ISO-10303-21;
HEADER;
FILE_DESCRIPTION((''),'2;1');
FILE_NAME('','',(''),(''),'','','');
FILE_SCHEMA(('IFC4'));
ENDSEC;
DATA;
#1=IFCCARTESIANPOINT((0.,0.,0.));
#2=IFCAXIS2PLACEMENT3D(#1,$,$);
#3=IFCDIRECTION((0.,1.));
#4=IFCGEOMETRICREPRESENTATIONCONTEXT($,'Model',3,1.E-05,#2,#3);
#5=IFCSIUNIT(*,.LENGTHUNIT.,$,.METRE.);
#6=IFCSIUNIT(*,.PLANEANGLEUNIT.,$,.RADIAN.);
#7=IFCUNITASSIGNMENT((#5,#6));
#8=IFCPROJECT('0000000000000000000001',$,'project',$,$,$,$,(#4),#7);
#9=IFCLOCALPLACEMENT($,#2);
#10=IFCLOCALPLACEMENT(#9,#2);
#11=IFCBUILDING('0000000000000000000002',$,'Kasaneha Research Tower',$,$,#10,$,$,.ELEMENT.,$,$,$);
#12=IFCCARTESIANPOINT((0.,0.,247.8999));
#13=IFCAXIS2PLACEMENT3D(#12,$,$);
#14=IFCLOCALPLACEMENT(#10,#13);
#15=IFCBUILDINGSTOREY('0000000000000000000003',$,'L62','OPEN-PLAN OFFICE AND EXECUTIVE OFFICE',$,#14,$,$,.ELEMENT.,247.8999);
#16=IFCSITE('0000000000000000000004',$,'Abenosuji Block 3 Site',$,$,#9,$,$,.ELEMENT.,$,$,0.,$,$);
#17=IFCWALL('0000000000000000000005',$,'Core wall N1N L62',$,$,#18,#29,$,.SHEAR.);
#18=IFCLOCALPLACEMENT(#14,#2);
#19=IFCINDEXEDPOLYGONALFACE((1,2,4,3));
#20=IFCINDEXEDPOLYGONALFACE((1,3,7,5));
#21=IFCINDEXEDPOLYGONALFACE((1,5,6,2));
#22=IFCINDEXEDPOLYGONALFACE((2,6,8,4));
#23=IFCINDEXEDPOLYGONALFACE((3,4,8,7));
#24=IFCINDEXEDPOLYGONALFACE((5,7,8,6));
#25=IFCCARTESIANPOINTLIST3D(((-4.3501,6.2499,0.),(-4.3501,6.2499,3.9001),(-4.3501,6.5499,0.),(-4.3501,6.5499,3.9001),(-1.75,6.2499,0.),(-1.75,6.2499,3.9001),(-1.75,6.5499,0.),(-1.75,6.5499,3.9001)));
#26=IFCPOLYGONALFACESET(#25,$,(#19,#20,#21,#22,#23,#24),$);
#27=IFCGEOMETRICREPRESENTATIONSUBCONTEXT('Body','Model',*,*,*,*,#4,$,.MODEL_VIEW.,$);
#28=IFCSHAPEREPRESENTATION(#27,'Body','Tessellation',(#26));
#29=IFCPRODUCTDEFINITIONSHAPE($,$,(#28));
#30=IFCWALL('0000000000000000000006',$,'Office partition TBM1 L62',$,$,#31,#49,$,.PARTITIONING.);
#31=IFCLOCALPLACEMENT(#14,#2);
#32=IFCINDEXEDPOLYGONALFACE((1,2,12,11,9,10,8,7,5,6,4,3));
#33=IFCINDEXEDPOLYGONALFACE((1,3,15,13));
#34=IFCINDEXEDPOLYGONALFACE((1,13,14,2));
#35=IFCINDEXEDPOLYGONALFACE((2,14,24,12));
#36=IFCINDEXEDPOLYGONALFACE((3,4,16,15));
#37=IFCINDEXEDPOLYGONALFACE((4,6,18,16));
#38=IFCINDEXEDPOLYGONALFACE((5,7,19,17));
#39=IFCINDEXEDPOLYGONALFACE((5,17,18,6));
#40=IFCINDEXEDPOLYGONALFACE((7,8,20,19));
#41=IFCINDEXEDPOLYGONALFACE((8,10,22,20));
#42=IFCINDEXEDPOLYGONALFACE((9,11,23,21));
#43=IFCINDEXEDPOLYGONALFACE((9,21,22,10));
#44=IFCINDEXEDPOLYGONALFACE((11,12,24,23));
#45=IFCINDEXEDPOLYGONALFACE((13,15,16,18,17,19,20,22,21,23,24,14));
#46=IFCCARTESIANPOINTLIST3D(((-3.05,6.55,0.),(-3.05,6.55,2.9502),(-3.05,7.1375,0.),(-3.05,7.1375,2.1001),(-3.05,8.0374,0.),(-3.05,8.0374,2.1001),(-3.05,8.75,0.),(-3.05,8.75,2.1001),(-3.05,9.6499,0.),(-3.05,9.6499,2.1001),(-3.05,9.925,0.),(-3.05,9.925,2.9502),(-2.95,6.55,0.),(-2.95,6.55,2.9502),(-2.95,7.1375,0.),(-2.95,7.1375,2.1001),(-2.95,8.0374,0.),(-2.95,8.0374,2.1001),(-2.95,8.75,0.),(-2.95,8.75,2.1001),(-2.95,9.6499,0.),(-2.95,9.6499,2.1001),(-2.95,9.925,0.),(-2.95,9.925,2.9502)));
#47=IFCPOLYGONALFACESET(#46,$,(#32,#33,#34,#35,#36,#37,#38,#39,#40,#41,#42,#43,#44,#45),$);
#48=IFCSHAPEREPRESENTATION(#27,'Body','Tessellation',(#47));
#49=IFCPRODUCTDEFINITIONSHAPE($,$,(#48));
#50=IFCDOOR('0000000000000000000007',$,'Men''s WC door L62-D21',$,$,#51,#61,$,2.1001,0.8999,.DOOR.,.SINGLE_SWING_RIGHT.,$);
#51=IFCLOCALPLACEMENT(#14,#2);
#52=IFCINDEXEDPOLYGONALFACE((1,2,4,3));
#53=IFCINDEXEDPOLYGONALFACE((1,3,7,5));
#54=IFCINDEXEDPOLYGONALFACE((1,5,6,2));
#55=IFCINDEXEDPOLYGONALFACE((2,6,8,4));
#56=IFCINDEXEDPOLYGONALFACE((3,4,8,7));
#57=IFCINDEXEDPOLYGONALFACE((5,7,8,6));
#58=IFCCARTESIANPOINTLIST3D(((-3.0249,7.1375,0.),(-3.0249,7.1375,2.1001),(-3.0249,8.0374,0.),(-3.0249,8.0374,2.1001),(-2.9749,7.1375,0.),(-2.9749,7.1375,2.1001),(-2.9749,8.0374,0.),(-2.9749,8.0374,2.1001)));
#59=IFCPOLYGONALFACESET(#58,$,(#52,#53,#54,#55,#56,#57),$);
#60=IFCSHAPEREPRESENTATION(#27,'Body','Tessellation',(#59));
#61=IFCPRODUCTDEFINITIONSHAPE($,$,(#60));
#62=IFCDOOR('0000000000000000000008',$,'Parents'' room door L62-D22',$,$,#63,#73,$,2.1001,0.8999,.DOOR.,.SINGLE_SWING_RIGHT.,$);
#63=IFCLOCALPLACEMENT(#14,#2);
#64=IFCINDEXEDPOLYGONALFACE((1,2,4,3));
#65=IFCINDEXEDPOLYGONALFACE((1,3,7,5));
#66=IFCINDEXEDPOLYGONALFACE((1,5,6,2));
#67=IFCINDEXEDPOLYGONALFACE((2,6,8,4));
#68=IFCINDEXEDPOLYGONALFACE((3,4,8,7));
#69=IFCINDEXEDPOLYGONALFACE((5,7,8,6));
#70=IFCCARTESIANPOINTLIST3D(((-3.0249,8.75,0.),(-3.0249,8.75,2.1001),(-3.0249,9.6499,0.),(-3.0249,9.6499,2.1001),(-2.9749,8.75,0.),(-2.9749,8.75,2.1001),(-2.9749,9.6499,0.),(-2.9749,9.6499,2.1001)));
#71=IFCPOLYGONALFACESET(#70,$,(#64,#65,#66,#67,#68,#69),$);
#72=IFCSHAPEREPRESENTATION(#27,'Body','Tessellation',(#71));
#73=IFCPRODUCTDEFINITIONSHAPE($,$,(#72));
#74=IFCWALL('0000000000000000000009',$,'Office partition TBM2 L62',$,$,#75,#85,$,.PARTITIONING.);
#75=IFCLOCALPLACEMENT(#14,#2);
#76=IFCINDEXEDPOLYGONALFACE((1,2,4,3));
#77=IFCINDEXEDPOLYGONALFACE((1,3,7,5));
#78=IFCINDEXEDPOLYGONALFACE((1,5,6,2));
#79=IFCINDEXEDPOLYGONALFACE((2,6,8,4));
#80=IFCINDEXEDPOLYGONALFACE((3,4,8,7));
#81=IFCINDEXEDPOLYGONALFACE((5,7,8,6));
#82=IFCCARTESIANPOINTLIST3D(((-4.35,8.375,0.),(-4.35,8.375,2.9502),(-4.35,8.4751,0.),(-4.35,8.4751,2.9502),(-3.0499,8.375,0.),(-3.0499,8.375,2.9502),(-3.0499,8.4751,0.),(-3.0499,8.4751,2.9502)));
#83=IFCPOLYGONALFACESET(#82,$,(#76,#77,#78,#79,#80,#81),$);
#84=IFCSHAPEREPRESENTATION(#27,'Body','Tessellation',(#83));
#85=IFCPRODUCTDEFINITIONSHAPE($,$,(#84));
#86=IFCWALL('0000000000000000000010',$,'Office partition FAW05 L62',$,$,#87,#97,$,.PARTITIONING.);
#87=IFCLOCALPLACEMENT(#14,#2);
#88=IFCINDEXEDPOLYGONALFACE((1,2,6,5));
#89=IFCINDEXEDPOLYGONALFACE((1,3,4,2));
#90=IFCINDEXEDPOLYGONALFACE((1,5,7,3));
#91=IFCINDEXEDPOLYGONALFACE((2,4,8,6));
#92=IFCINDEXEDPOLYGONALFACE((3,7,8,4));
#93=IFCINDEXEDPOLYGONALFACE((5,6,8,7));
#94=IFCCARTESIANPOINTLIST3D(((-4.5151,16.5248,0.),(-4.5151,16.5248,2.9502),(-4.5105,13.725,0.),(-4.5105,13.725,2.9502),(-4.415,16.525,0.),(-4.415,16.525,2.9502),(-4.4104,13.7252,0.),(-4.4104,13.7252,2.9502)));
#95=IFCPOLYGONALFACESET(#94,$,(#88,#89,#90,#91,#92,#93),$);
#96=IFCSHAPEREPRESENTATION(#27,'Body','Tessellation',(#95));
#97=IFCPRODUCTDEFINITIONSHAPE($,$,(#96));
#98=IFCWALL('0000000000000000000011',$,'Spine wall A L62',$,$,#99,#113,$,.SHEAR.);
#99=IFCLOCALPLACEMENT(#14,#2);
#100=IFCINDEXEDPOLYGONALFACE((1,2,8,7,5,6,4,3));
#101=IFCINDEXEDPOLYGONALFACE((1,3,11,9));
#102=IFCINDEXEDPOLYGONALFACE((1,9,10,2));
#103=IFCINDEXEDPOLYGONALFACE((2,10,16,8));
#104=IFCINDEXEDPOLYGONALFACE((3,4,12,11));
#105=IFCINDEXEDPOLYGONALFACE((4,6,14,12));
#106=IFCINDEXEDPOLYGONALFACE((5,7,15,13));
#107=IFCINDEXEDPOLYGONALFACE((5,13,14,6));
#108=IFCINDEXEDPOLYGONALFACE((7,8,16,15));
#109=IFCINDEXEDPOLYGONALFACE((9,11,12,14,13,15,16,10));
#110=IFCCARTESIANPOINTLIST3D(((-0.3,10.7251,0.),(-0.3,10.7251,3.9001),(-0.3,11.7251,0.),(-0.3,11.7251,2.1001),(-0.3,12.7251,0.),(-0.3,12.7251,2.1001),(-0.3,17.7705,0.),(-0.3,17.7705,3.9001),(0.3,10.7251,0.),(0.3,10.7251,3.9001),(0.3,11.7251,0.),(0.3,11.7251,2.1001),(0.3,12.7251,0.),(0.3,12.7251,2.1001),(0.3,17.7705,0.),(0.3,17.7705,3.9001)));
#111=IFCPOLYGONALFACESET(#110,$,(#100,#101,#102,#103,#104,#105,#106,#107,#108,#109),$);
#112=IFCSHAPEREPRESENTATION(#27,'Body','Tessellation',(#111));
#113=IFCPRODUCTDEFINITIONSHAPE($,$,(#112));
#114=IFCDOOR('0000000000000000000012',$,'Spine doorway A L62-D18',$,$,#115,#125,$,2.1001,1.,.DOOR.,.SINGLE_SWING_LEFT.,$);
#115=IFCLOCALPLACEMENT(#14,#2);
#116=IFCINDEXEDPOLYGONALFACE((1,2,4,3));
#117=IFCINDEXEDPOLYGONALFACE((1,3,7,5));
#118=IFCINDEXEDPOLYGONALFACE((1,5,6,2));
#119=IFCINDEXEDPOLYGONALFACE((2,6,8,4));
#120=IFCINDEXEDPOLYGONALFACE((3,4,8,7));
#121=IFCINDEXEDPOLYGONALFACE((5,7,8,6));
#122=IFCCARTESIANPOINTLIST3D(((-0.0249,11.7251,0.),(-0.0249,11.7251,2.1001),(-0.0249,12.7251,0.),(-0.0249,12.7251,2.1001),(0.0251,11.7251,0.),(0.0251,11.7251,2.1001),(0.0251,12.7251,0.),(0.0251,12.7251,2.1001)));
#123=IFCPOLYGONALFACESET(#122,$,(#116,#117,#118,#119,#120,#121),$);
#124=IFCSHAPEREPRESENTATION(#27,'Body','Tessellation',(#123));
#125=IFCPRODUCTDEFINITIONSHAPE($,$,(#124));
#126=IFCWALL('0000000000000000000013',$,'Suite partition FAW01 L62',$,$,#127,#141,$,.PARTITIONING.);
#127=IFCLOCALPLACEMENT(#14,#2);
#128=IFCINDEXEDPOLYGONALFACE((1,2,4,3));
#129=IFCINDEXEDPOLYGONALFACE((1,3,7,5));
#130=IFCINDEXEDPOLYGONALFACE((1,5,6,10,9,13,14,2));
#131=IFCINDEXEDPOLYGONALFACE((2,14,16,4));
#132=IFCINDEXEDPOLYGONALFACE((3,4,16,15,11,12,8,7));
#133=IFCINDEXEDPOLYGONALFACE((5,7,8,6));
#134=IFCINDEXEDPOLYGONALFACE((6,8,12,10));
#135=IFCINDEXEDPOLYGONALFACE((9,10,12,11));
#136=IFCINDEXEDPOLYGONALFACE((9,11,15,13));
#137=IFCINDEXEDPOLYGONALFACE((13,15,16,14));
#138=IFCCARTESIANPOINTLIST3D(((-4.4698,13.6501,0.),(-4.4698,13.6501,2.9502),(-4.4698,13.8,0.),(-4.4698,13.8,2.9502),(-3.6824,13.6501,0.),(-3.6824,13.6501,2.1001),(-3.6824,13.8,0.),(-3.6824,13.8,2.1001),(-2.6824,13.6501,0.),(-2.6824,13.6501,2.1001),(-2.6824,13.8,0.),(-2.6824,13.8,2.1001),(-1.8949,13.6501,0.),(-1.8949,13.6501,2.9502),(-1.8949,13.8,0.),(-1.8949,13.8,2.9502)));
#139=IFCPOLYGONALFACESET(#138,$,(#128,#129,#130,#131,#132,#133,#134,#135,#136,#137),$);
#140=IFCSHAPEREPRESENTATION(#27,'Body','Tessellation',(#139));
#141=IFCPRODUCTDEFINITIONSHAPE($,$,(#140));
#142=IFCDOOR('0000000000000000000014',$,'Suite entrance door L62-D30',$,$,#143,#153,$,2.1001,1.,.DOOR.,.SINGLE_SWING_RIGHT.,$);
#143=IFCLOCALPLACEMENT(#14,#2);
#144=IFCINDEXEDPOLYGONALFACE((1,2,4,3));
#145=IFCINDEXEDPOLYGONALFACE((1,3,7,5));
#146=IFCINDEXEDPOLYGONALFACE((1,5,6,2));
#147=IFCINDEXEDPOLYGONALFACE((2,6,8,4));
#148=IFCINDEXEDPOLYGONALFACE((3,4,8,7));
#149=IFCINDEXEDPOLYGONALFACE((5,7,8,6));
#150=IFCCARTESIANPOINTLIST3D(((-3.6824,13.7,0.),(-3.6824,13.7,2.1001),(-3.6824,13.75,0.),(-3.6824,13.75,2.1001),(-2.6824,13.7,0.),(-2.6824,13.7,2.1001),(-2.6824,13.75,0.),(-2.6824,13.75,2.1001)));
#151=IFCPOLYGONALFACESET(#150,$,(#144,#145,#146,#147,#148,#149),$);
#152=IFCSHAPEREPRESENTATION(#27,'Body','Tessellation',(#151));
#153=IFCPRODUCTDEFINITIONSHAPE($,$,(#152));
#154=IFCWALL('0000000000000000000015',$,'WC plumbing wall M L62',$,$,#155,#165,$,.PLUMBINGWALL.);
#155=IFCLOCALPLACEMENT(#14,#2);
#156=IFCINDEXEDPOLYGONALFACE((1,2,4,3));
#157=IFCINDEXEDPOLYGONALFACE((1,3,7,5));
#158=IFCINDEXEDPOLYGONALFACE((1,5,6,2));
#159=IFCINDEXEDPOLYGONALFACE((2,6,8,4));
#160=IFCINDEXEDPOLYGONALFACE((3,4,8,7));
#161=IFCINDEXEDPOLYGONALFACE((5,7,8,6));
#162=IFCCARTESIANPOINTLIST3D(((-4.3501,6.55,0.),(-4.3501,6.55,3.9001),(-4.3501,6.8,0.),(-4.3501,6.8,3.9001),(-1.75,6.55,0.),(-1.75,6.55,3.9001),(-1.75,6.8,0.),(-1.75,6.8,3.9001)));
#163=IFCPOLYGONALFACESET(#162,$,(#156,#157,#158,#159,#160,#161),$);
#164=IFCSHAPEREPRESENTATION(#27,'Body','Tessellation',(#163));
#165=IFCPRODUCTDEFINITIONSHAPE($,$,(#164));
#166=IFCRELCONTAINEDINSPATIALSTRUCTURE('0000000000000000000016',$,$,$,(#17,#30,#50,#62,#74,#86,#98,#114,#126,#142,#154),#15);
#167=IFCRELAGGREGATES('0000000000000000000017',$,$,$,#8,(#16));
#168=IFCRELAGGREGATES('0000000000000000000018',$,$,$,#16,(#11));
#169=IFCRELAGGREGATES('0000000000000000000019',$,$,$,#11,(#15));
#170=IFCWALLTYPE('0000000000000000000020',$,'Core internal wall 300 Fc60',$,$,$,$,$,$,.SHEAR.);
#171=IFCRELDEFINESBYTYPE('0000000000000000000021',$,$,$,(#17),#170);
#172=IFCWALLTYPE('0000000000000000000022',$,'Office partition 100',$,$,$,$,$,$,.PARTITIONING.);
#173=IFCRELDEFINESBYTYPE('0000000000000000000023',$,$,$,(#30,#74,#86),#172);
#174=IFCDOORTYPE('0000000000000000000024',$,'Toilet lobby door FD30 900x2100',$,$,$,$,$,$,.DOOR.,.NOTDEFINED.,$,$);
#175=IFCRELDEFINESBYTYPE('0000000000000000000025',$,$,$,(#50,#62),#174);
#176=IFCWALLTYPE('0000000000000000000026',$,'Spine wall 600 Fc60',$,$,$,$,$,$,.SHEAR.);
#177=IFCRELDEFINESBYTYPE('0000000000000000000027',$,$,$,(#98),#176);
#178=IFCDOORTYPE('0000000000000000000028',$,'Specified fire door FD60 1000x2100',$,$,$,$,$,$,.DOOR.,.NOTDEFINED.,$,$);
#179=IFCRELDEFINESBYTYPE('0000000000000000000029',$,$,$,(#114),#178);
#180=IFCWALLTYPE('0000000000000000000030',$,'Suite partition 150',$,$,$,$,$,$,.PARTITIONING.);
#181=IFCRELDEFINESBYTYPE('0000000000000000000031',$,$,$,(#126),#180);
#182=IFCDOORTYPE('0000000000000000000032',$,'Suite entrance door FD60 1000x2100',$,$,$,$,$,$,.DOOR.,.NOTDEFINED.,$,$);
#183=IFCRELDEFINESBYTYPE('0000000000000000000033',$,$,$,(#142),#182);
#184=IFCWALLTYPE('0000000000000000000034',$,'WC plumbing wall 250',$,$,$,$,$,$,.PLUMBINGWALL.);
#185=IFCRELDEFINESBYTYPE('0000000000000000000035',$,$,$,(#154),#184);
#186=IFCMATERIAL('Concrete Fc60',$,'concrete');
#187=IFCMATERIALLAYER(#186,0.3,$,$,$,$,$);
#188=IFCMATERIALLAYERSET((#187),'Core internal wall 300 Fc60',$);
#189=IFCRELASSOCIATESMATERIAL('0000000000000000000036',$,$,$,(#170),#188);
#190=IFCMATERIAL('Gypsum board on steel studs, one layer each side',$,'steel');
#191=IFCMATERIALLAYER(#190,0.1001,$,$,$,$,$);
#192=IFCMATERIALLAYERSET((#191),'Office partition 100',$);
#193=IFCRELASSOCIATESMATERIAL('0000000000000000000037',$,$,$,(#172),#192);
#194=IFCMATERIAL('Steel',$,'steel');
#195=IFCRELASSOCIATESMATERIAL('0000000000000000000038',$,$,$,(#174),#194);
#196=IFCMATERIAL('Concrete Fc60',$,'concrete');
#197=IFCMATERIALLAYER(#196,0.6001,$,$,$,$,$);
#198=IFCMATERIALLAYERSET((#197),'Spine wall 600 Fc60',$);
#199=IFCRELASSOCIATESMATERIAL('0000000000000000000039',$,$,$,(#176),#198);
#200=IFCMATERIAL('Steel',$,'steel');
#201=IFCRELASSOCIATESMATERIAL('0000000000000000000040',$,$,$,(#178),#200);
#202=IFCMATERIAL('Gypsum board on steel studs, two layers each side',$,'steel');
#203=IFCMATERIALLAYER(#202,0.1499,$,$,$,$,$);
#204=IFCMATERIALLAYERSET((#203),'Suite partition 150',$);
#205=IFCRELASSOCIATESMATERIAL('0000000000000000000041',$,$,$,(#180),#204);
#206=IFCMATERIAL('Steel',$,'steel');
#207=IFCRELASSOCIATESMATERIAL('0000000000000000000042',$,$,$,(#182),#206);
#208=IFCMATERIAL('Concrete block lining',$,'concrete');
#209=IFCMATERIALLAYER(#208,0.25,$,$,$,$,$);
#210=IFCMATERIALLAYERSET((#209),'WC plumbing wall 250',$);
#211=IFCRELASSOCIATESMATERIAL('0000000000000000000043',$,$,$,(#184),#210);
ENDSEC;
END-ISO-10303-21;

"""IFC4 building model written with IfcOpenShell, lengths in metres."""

from ifc_helpers import new_model, si_unit, direction, frame, frame_2d, origin, place, context, subcontext, project, spatial, rectangle, extrude, material, layer, layer_set, type_object, element, fill, save


model = new_model("IFC4")

# Units and contexts
model_context = context("Model", 3, precision=1e-05, world=origin(), true_north=direction((0.0, 1.0)))
body_context = subcontext(model_context, "Body", "Model", "MODEL_VIEW")
ifc_project = project(units=[si_unit("LENGTHUNIT", "METRE"), si_unit("PLANEANGLEUNIT", "RADIAN")], contexts=[model_context])

# Site, building, storey
site_placement = place(None, origin())
site = spatial("IfcSite", under=ifc_project, at=site_placement, Name="Abenosuji Block 3 Site", CompositionType="ELEMENT", RefElevation=0.0)
building_placement = place(site_placement, origin())
building = spatial("IfcBuilding", under=site, at=building_placement, Name="Kasaneha Research Tower", CompositionType="ELEMENT")
storey_placement = place(building_placement, frame((0.0, 0.0, 247.8999)))
storey = spatial("IfcBuildingStorey", under=building, at=storey_placement, Name="L62", Description="OPEN-PLAN OFFICE AND EXECUTIVE OFFICE", CompositionType="ELEMENT", Elevation=247.8999)

# Shared definitions
ifc_material_1 = material(Name="Concrete Fc60", Category="concrete")
ifc_layer_1 = layer(ifc_material_1, 0.3)
ifc_layer_set_1 = layer_set([ifc_layer_1], Name="Core internal wall 300 Fc60")
wall_type_1 = type_object("IfcWallType", Name="Core internal wall 300 Fc60", PredefinedType="SHEAR", material=ifc_layer_set_1)

# Wall
wall_1_placement = place(storey_placement, frame((-4.3501, 6.3999, 0.0), z_axis=(0.0, 0.0, 1.0), x_axis=(1.0, 0.0, 0.0)))
element("IfcWall", 1, at=wall_1_placement, inside=storey, type_object=wall_type_1, Name="Core wall N1N L62", PredefinedType="SHEAR", context=body_context, shape_type="SweptSolid", body=[
    extrude(rectangle(XDim=2.6001, YDim=0.3, at=frame_2d((1.3, 0.0))), origin(), (0.0, 0.0, 1.0), 3.9001),
])

# Wall, openings, doors
ifc_material_2 = material(Name="Gypsum board on steel studs, one layer each side", Category="steel")
ifc_layer_2 = layer(ifc_material_2, 0.1001)
ifc_layer_set_2 = layer_set([ifc_layer_2], Name="Office partition 100")
wall_type_2 = type_object("IfcWallType", Name="Office partition 100", PredefinedType="PARTITIONING", material=ifc_layer_set_2)
wall_2_placement = place(storey_placement, frame((-3.0, 6.55, 0.0), z_axis=(0.0, 0.0, 1.0), x_axis=(0.0, 1.0, 0.0)))
wall_2 = element("IfcWall", 2, at=wall_2_placement, inside=storey, type_object=wall_type_2, Name="Office partition TBM1 L62", PredefinedType="PARTITIONING", context=body_context, shape_type="SweptSolid", body=[
    extrude(rectangle(XDim=3.375, YDim=0.1001, at=frame_2d((1.6875, 0.0))), origin(), (0.0, 0.0, 1.0), 2.9502),
])
opening_1_placement = place(wall_2_placement, frame((0.5874, 0.0, 0.0)))
opening_1 = element("IfcOpeningElement", 3, at=opening_1_placement, cuts=wall_2, PredefinedType="OPENING", context=body_context, shape_type="SweptSolid", body=[
    extrude(rectangle(XDim=0.8999, YDim=2.1001, at=frame_2d((0.45, 1.05))), frame((0.0, 0.0601, 0.0), z_axis=(0.0, -1.0, 0.0), x_axis=(1.0, 0.0, 0.0)), (0.0, 0.0, 1.0), 0.1201),
])
opening_2_placement = place(wall_2_placement, frame((2.2, 0.0, 0.0)))
opening_2 = element("IfcOpeningElement", 4, at=opening_2_placement, cuts=wall_2, PredefinedType="OPENING", context=body_context, shape_type="SweptSolid", body=[
    extrude(rectangle(XDim=0.8999, YDim=2.1001, at=frame_2d((0.45, 1.05))), frame((0.0, 0.0601, 0.0), z_axis=(0.0, -1.0, 0.0), x_axis=(1.0, 0.0, 0.0)), (0.0, 0.0, 1.0), 0.1201),
])
ifc_material_3 = material(Name="Steel", Category="steel")
door_type_1 = type_object("IfcDoorType", Name="Toilet lobby door FD30 900x2100", OperationType="NOTDEFINED", PredefinedType="DOOR", material=ifc_material_3)
door_1_placement = place(opening_1_placement, origin())
door_1 = element("IfcDoor", 5, at=door_1_placement, inside=storey, type_object=door_type_1, Name="Men's WC door L62-D21", OperationType="SINGLE_SWING_RIGHT", OverallHeight=2.1001, OverallWidth=0.8999, PredefinedType="DOOR", context=body_context, shape_type="SweptSolid", body=[
    extrude(rectangle(XDim=0.8999, YDim=2.1001, at=frame_2d((0.45, 1.05))), frame((0.0, 0.0249, 0.0), z_axis=(0.0, -1.0, 0.0), x_axis=(1.0, 0.0, 0.0)), (0.0, 0.0, 1.0), 0.05),
])
fill(opening_1, door_1)
door_2_placement = place(opening_2_placement, origin())
door_2 = element("IfcDoor", 6, at=door_2_placement, inside=storey, type_object=door_type_1, Name="Parents' room door L62-D22", OperationType="SINGLE_SWING_RIGHT", OverallHeight=2.1001, OverallWidth=0.8999, PredefinedType="DOOR", context=body_context, shape_type="SweptSolid", body=[
    extrude(rectangle(XDim=0.8999, YDim=2.1001, at=frame_2d((0.45, 1.05))), frame((0.0, 0.0249, 0.0), z_axis=(0.0, -1.0, 0.0), x_axis=(1.0, 0.0, 0.0)), (0.0, 0.0, 1.0), 0.05),
])
fill(opening_2, door_2)

# Walls
wall_3_placement = place(storey_placement, frame((-3.05, 8.425, 0.0), z_axis=(0.0, 0.0, 1.0), x_axis=(-1.0, 0.0, 0.0)))
element("IfcWall", 7, at=wall_3_placement, inside=storey, type_object=wall_type_2, Name="Office partition TBM2 L62", PredefinedType="PARTITIONING", context=body_context, shape_type="SweptSolid", body=[
    extrude(rectangle(XDim=1.3, YDim=0.1001, at=frame_2d((0.6499, 0.0))), origin(), (0.0, 0.0, 1.0), 2.9502),
])
wall_4_placement = place(storey_placement, frame((-4.4604, 13.7251, 0.0), z_axis=(0.0, 0.0, 1.0), x_axis=(-0.001657, 0.999999, 0.0)))
element("IfcWall", 8, at=wall_4_placement, inside=storey, type_object=wall_type_2, Name="Office partition FAW05 L62", PredefinedType="PARTITIONING", context=body_context, shape_type="SweptSolid", body=[
    extrude(rectangle(XDim=2.7998, YDim=0.1001, at=frame_2d((1.3999, 0.0))), origin(), (0.0, 0.0, 1.0), 2.9502),
])

# Walls, openings, doors
ifc_material_4 = material(Name="Concrete Fc60", Category="concrete")
ifc_layer_3 = layer(ifc_material_4, 0.6001)
ifc_layer_set_3 = layer_set([ifc_layer_3], Name="Spine wall 600 Fc60")
wall_type_3 = type_object("IfcWallType", Name="Spine wall 600 Fc60", PredefinedType="SHEAR", material=ifc_layer_set_3)
wall_5_placement = place(storey_placement, frame((0.0, 10.7251, 0.0), z_axis=(0.0, 0.0, 1.0), x_axis=(0.0, 1.0, 0.0)))
wall_5 = element("IfcWall", 9, at=wall_5_placement, inside=storey, type_object=wall_type_3, Name="Spine wall A L62", PredefinedType="SHEAR", context=body_context, shape_type="SweptSolid", body=[
    extrude(rectangle(XDim=7.0454, YDim=0.6001, at=frame_2d((3.5227, 0.0))), origin(), (0.0, 0.0, 1.0), 3.9001),
])
opening_3_placement = place(wall_5_placement, frame((1.0, 0.0, 0.0)))
opening_3 = element("IfcOpeningElement", 10, at=opening_3_placement, cuts=wall_5, PredefinedType="OPENING", context=body_context, shape_type="SweptSolid", body=[
    extrude(rectangle(XDim=1.0, YDim=2.1001, at=frame_2d((0.5, 1.05))), frame((0.0, 0.3101, 0.0), z_axis=(0.0, -1.0, 0.0), x_axis=(1.0, 0.0, 0.0)), (0.0, 0.0, 1.0), 0.6201),
])
ifc_material_5 = material(Name="Steel", Category="steel")
door_type_2 = type_object("IfcDoorType", Name="Specified fire door FD60 1000x2100", OperationType="NOTDEFINED", PredefinedType="DOOR", material=ifc_material_5)
door_3_placement = place(opening_3_placement, origin())
door_3 = element("IfcDoor", 11, at=door_3_placement, inside=storey, type_object=door_type_2, Name="Spine doorway A L62-D18", OperationType="SINGLE_SWING_LEFT", OverallHeight=2.1001, OverallWidth=1.0, PredefinedType="DOOR", context=body_context, shape_type="SweptSolid", body=[
    extrude(rectangle(XDim=1.0, YDim=2.1001, at=frame_2d((0.5, 1.05))), frame((0.0, 0.0249, 0.0), z_axis=(0.0, -1.0, 0.0), x_axis=(1.0, 0.0, 0.0)), (0.0, 0.0, 1.0), 0.05),
])
fill(opening_3, door_3)
ifc_material_6 = material(Name="Gypsum board on steel studs, two layers each side", Category="steel")
ifc_layer_4 = layer(ifc_material_6, 0.1499)
ifc_layer_set_4 = layer_set([ifc_layer_4], Name="Suite partition 150")
wall_type_4 = type_object("IfcWallType", Name="Suite partition 150", PredefinedType="PARTITIONING", material=ifc_layer_set_4)
wall_6_placement = place(storey_placement, frame((-4.47, 13.7251, 0.0), z_axis=(0.0, 0.0, 1.0), x_axis=(1.0, 0.0, 0.0)))
wall_6 = element("IfcWall", 12, at=wall_6_placement, inside=storey, type_object=wall_type_4, Name="Suite partition FAW01 L62", PredefinedType="PARTITIONING", context=body_context, shape_type="SweptSolid", body=[
    extrude(rectangle(XDim=2.575, YDim=0.1499, at=frame_2d((1.2876, 0.0))), origin(), (0.0, 0.0, 1.0), 2.9502),
])
opening_4_placement = place(wall_6_placement, frame((0.7876, 0.0, 0.0)))
opening_4 = element("IfcOpeningElement", 13, at=opening_4_placement, cuts=wall_6, PredefinedType="OPENING", context=body_context, shape_type="SweptSolid", body=[
    extrude(rectangle(XDim=1.0, YDim=2.1001, at=frame_2d((0.5, 1.05))), frame((0.0, 0.085, 0.0), z_axis=(0.0, -1.0, 0.0), x_axis=(1.0, 0.0, 0.0)), (0.0, 0.0, 1.0), 0.1699),
])
ifc_material_7 = material(Name="Steel", Category="steel")
door_type_3 = type_object("IfcDoorType", Name="Suite entrance door FD60 1000x2100", OperationType="NOTDEFINED", PredefinedType="DOOR", material=ifc_material_7)
door_4_placement = place(opening_4_placement, origin())
door_4 = element("IfcDoor", 14, at=door_4_placement, inside=storey, type_object=door_type_3, Name="Suite entrance door L62-D30", OperationType="SINGLE_SWING_RIGHT", OverallHeight=2.1001, OverallWidth=1.0, PredefinedType="DOOR", context=body_context, shape_type="SweptSolid", body=[
    extrude(rectangle(XDim=1.0, YDim=2.1001, at=frame_2d((0.5, 1.05))), frame((0.0, 0.0249, 0.0), z_axis=(0.0, -1.0, 0.0), x_axis=(1.0, 0.0, 0.0)), (0.0, 0.0, 1.0), 0.05),
])
fill(opening_4, door_4)

# Wall
ifc_material_8 = material(Name="Concrete block lining", Category="concrete")
ifc_layer_5 = layer(ifc_material_8, 0.25)
ifc_layer_set_5 = layer_set([ifc_layer_5], Name="WC plumbing wall 250")
wall_type_5 = type_object("IfcWallType", Name="WC plumbing wall 250", PredefinedType="PLUMBINGWALL", material=ifc_layer_set_5)
wall_7_placement = place(storey_placement, frame((-4.3501, 6.675, 0.0), z_axis=(0.0, 0.0, 1.0), x_axis=(1.0, 0.0, 0.0)))
element("IfcWall", 15, at=wall_7_placement, inside=storey, type_object=wall_type_5, Name="WC plumbing wall M L62", PredefinedType="PLUMBINGWALL", context=body_context, shape_type="SweptSolid", body=[
    extrude(rectangle(XDim=2.6001, YDim=0.25, at=frame_2d((1.3, 0.0))), origin(), (0.0, 0.0, 1.0), 3.9001),
])

save(model, "model.ifc")
